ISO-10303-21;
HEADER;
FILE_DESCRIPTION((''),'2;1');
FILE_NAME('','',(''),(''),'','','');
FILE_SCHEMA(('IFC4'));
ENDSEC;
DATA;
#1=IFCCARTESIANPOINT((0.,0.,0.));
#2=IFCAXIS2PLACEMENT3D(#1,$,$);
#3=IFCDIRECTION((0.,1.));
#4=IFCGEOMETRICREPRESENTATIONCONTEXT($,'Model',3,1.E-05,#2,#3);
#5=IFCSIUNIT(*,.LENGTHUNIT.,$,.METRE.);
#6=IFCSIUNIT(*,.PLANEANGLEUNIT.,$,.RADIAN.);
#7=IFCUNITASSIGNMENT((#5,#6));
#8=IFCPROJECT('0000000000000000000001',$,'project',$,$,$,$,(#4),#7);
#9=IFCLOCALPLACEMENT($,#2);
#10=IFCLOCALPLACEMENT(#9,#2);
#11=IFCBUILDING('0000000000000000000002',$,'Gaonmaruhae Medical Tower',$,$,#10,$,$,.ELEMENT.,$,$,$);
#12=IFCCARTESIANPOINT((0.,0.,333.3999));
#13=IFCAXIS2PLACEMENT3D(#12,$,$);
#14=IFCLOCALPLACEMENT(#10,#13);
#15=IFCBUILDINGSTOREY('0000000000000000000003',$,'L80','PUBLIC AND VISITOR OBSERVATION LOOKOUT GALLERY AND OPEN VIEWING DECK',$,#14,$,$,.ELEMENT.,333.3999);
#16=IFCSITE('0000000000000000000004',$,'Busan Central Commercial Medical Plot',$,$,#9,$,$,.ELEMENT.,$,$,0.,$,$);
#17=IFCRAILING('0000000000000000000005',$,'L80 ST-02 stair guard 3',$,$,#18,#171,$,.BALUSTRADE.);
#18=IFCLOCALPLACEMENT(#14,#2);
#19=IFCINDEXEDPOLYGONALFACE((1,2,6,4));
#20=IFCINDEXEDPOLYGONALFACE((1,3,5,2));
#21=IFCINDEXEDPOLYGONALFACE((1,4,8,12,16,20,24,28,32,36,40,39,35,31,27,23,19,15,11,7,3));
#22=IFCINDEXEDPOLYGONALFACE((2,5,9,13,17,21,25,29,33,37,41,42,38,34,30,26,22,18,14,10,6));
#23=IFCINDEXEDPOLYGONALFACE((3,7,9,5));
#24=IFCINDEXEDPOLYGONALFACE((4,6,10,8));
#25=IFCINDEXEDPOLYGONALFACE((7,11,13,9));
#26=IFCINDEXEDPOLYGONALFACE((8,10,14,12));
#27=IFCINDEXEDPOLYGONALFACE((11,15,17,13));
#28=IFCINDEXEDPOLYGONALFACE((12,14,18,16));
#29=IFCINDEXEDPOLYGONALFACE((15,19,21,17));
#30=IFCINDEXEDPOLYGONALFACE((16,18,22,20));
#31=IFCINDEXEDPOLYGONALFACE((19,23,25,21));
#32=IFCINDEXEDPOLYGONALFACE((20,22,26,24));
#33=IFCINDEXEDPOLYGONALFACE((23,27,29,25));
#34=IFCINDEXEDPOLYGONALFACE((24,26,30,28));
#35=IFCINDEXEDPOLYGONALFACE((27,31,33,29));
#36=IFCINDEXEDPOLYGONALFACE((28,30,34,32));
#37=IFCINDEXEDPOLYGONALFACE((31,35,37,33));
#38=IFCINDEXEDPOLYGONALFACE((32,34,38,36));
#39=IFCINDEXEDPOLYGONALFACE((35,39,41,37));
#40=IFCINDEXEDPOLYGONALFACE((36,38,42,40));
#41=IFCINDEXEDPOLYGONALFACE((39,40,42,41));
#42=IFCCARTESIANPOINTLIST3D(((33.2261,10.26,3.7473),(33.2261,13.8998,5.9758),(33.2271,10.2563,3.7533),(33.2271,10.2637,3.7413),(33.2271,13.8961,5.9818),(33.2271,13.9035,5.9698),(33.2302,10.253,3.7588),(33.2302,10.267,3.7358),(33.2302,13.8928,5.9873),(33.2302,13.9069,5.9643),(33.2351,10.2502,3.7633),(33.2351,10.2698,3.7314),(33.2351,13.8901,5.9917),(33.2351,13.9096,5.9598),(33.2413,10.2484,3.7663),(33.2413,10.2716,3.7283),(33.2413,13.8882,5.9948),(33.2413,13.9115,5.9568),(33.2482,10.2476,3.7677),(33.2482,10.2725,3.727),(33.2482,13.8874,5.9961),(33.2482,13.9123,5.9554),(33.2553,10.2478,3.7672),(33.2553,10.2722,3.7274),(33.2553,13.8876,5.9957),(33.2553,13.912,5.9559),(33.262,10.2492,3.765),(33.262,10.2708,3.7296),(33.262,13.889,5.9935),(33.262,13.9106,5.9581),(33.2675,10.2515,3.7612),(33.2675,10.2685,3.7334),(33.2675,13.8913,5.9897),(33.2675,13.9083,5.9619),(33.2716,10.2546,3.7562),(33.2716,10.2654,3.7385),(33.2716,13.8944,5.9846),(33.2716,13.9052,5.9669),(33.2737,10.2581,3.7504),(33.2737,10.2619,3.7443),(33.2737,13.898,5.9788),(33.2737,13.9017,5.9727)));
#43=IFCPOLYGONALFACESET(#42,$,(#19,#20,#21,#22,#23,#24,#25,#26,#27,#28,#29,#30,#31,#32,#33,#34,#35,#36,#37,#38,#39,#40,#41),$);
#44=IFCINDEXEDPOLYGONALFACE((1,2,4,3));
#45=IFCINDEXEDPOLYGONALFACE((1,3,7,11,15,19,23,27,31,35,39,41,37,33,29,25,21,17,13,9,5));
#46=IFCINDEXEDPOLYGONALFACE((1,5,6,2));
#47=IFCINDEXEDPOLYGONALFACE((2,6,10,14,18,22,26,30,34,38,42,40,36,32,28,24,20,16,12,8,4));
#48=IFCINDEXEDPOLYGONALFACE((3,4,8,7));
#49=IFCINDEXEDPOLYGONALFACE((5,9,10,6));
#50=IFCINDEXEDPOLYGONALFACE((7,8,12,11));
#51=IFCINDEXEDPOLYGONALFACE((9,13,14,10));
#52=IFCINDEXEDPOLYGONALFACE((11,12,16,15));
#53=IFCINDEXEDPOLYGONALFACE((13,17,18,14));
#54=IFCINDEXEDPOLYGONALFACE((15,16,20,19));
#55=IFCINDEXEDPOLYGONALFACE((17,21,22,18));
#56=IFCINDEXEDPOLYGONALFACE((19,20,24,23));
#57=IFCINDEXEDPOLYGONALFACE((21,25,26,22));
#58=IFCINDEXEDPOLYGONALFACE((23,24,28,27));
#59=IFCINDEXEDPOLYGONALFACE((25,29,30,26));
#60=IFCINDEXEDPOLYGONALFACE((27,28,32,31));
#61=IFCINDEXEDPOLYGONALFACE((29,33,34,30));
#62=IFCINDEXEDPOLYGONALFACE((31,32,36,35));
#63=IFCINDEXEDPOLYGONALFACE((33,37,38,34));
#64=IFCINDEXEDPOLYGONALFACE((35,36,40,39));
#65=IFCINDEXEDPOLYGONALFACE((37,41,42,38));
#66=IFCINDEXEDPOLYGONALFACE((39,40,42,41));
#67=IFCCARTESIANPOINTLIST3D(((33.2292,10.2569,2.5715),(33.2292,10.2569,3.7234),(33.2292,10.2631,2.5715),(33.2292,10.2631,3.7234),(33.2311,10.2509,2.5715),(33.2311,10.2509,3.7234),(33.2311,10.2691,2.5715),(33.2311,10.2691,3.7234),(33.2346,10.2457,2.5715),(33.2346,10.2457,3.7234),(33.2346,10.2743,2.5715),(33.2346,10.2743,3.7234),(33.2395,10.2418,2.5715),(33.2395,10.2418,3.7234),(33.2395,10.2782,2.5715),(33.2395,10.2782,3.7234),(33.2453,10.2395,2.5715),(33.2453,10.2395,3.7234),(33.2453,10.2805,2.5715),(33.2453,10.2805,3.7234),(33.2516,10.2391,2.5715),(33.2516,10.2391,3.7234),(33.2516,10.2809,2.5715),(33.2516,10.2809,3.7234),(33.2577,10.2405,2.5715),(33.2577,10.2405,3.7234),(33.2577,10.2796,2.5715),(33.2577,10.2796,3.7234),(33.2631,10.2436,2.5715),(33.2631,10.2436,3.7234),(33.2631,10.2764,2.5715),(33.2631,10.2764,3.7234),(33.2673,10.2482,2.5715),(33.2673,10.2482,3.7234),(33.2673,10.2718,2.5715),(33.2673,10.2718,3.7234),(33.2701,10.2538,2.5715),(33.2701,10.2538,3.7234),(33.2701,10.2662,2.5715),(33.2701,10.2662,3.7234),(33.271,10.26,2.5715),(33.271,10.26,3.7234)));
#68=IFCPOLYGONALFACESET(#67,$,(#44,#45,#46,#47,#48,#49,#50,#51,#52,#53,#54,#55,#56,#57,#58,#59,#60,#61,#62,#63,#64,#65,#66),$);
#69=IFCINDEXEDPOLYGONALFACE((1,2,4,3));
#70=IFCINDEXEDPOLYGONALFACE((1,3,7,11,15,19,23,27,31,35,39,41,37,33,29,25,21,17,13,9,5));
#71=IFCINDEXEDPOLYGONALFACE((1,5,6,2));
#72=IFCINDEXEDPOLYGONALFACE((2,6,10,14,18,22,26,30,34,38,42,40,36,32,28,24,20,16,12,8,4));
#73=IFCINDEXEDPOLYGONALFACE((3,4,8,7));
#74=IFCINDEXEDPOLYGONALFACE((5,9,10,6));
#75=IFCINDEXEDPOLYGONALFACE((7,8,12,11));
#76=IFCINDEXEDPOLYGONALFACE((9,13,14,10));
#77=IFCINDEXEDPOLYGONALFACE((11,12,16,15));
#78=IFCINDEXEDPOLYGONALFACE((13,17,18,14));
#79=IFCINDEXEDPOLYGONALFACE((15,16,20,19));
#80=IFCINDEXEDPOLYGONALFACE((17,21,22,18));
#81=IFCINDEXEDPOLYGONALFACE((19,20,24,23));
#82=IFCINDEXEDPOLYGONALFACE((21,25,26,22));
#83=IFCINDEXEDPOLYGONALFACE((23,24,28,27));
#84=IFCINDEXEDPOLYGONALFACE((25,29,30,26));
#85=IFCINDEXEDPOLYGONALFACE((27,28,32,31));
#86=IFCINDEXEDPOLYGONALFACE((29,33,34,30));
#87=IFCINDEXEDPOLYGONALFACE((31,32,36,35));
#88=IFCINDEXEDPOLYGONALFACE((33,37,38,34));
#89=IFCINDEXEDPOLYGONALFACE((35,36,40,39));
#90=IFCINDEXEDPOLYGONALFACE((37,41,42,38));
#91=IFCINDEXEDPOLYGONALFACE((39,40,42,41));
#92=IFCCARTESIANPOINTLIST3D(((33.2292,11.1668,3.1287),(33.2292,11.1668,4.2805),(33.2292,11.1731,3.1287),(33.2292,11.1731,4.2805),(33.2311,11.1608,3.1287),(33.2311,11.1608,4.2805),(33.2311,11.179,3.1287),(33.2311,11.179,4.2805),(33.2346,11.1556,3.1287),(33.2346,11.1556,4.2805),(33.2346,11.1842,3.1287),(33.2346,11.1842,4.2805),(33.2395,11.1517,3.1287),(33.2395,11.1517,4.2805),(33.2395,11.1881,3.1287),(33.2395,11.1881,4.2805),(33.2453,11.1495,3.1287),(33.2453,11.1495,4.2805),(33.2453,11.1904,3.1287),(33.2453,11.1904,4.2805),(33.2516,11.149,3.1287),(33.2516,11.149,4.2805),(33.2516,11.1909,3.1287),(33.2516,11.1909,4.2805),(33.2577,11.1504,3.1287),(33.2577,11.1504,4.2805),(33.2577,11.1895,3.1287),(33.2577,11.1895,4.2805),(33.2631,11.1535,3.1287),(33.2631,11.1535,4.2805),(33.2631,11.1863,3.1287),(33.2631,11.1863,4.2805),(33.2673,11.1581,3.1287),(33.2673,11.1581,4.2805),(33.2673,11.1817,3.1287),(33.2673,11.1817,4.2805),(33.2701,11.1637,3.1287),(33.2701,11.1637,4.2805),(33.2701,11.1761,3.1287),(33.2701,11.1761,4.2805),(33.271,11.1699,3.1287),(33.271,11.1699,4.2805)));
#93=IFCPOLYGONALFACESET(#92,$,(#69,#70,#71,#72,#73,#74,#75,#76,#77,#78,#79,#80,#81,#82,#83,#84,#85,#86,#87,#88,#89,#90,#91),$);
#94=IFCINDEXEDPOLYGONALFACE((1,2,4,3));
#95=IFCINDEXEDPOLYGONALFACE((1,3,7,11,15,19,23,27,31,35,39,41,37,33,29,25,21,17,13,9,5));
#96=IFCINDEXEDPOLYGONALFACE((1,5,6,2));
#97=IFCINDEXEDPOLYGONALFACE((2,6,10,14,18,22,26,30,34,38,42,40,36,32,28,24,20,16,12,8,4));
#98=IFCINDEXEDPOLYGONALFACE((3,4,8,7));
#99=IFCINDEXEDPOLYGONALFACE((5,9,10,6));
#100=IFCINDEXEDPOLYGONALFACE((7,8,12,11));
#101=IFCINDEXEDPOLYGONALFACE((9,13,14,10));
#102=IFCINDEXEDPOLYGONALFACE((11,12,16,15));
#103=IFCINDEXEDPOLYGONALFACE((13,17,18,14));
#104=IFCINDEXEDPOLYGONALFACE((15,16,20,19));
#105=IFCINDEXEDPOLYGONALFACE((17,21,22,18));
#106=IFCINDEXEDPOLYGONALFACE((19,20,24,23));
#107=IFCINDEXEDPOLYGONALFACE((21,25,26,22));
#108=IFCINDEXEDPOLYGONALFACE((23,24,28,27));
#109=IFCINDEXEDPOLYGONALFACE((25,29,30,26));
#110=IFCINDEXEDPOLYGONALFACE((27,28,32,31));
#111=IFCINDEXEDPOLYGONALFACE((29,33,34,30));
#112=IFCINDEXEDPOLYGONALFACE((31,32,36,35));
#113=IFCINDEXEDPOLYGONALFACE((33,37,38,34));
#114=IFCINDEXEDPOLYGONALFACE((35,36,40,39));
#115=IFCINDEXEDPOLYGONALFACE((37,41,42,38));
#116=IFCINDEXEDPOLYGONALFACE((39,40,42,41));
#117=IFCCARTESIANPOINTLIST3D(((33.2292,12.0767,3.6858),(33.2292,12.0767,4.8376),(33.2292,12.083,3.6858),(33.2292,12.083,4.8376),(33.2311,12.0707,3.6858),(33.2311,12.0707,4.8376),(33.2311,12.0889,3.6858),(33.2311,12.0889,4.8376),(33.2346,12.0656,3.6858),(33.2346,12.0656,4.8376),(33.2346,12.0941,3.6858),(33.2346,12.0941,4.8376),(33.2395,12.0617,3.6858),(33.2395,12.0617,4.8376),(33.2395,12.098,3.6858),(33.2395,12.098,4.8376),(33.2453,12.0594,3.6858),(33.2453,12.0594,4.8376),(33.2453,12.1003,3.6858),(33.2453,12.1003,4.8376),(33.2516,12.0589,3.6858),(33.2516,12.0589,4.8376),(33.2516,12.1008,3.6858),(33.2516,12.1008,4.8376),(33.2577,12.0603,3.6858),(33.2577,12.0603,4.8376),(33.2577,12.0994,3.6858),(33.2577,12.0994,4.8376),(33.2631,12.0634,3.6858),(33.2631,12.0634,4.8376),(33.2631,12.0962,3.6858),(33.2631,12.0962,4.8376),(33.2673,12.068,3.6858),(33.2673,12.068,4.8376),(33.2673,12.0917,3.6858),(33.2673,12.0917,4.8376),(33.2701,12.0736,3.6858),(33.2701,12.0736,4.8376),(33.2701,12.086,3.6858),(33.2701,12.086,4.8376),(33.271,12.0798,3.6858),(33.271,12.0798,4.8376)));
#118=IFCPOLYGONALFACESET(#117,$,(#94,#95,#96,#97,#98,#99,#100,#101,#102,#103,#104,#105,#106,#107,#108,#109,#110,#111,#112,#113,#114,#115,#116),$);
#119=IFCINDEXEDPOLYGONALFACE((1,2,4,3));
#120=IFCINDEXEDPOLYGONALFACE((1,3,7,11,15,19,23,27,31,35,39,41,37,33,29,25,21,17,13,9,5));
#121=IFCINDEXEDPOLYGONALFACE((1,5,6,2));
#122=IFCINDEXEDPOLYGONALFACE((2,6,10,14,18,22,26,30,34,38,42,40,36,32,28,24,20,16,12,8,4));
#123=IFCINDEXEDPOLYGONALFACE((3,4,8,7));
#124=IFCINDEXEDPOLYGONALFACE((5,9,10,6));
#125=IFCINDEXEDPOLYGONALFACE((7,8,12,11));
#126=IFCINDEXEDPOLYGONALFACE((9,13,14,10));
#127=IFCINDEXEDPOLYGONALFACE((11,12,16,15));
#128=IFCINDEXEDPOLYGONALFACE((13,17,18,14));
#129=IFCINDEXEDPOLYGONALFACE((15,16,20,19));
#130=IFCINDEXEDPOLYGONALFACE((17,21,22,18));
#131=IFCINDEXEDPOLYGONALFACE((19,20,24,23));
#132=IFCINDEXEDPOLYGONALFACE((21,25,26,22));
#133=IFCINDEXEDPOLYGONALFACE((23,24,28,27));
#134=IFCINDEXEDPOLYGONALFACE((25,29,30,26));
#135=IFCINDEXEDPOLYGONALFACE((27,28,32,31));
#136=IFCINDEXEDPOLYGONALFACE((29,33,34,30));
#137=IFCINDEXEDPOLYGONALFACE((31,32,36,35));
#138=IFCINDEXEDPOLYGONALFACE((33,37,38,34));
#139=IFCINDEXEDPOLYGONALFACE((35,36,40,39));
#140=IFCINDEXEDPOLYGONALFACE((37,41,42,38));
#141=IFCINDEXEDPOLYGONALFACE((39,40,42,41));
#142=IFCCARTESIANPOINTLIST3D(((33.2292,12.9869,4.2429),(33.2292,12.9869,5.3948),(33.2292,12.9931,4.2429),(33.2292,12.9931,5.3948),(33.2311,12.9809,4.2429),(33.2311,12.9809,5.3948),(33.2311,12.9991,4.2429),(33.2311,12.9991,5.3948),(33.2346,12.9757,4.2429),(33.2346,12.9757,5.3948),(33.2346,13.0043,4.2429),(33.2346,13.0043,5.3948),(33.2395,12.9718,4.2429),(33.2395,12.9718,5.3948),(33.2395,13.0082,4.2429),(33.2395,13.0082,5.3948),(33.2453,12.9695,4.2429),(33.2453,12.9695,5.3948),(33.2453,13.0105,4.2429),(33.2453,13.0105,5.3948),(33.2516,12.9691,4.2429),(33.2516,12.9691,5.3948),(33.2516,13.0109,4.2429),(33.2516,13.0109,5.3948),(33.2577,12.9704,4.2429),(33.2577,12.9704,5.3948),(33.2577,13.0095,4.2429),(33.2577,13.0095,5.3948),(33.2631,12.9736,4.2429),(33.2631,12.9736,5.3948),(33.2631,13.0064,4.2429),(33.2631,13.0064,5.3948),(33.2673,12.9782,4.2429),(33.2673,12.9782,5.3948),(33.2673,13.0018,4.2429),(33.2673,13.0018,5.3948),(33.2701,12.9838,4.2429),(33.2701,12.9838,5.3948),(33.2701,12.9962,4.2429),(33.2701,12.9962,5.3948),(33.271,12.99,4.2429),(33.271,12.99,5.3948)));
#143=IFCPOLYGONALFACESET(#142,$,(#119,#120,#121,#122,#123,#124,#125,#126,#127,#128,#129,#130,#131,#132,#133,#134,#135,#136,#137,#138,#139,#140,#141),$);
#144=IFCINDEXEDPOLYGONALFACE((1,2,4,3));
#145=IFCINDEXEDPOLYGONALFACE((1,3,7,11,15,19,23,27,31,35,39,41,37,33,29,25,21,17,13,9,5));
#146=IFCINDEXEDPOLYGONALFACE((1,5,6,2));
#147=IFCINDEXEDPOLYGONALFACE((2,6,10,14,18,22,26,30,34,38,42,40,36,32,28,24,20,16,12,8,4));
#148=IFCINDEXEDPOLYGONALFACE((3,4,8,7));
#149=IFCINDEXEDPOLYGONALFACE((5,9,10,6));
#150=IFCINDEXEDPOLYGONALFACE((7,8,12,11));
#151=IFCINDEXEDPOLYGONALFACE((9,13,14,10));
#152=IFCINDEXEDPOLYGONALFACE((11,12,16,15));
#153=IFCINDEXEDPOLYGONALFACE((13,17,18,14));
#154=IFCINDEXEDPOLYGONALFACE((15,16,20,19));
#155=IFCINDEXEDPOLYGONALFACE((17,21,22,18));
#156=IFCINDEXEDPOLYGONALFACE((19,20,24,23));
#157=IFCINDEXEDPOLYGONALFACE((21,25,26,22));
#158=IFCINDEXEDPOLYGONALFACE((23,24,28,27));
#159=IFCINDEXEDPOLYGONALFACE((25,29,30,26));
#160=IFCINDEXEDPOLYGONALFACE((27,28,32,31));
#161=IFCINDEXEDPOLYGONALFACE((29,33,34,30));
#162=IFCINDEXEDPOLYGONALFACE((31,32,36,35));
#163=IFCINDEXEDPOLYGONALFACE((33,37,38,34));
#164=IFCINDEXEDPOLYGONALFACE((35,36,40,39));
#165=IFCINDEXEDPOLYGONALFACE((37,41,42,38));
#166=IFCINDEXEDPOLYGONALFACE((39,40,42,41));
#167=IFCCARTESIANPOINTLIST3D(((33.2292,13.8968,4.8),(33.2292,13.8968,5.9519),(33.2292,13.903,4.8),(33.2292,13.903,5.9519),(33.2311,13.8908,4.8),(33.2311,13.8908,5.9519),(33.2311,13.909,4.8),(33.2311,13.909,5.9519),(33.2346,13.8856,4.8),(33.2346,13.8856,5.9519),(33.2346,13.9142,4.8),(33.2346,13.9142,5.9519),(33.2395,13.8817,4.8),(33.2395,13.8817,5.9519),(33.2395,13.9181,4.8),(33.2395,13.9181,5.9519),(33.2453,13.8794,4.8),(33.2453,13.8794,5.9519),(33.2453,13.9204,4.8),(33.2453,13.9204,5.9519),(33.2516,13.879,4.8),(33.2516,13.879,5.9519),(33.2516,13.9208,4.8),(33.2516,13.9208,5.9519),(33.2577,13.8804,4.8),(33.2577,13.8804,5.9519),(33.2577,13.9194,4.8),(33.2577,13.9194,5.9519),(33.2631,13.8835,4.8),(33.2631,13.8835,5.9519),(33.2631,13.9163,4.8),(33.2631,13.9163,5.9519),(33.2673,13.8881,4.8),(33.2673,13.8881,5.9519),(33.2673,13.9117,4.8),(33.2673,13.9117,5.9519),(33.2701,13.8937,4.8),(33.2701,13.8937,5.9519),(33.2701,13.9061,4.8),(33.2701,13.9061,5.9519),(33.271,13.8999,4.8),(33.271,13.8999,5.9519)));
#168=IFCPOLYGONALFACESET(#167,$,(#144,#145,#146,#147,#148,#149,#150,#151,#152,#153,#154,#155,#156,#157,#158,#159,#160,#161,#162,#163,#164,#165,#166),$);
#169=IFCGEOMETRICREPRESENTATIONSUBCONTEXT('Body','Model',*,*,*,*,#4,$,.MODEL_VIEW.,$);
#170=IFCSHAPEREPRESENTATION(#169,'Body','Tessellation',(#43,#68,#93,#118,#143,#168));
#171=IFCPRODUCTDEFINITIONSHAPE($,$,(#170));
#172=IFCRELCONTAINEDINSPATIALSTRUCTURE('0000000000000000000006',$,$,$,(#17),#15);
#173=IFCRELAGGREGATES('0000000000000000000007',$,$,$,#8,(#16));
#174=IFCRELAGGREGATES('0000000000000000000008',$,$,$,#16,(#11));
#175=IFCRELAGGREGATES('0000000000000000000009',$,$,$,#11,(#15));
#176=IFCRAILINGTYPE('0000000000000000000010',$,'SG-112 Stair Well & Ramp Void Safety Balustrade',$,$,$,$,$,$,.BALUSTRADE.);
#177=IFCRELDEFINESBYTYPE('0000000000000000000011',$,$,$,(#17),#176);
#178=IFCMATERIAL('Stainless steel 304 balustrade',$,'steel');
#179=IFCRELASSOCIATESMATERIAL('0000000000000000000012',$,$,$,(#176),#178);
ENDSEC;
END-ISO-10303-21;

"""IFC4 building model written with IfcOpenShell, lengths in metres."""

from ifc_helpers import new_model, si_unit, direction, frame, origin, origin_2d, place, context, subcontext, project, spatial, circle, extrude, material, type_object, element, save


model = new_model("IFC4")

# Units and contexts
model_context = context("Model", 3, precision=1e-05, world=origin(), true_north=direction((0.0, 1.0)))
body_context = subcontext(model_context, "Body", "Model", "MODEL_VIEW")
ifc_project = project(units=[si_unit("LENGTHUNIT", "METRE"), si_unit("PLANEANGLEUNIT", "RADIAN")], contexts=[model_context])

# Site, building, storey
site_placement = place(None, origin())
site = spatial("IfcSite", under=ifc_project, at=site_placement, Name="Busan Central Commercial Medical Plot", CompositionType="ELEMENT", RefElevation=0.0)
building_placement = place(site_placement, origin())
building = spatial("IfcBuilding", under=site, at=building_placement, Name="Gaonmaruhae Medical Tower", CompositionType="ELEMENT")
storey_placement = place(building_placement, frame((0.0, 0.0, 333.3999)))
storey = spatial("IfcBuildingStorey", under=building, at=storey_placement, Name="L80", Description="PUBLIC AND VISITOR OBSERVATION LOOKOUT GALLERY AND OPEN VIEWING DECK", CompositionType="ELEMENT", Elevation=333.3999)

# Railing
ifc_material_1 = material(Name="Stainless steel 304 balustrade", Category="steel")
railing_type_1 = type_object("IfcRailingType", Name="SG-112 Stair Well & Ramp Void Safety Balustrade", PredefinedType="BALUSTRADE", material=ifc_material_1)
railing_1_placement = place(storey_placement, frame((33.25, 10.26, 2.5715)))
element("IfcRailing", 1, at=railing_1_placement, inside=storey, type_object=railing_type_1, Name="L80 ST-02 stair guard 3", PredefinedType="BALUSTRADE", context=body_context, shape_type="SweptSolid", body=[
    extrude(circle(Radius=0.0239, at=origin_2d()), frame((0.0, 0.0, 1.1758), z_axis=(0.0, 0.85285, 0.522156), x_axis=(-1.0, 0.0, 0.0)), (0.0, 0.0, 1.0), 4.2678),
    extrude(circle(Radius=0.021, at=origin_2d()), origin(), (0.0, 0.0, 1.0), 1.1519),
    extrude(circle(Radius=0.021, at=origin_2d()), frame((0.0, 0.9099, 0.5571)), (0.0, 0.0, 1.0), 1.1519),
    extrude(circle(Radius=0.021, at=origin_2d()), frame((0.0, 1.8198, 1.1143)), (0.0, 0.0, 1.0), 1.1519),
    extrude(circle(Radius=0.021, at=origin_2d()), frame((0.0, 2.73, 1.6714)), (0.0, 0.0, 1.0), 1.1519),
    extrude(circle(Radius=0.021, at=origin_2d()), frame((0.0, 3.6399, 2.2285)), (0.0, 0.0, 1.0), 1.1519),
])

save(model, "model.ifc")
